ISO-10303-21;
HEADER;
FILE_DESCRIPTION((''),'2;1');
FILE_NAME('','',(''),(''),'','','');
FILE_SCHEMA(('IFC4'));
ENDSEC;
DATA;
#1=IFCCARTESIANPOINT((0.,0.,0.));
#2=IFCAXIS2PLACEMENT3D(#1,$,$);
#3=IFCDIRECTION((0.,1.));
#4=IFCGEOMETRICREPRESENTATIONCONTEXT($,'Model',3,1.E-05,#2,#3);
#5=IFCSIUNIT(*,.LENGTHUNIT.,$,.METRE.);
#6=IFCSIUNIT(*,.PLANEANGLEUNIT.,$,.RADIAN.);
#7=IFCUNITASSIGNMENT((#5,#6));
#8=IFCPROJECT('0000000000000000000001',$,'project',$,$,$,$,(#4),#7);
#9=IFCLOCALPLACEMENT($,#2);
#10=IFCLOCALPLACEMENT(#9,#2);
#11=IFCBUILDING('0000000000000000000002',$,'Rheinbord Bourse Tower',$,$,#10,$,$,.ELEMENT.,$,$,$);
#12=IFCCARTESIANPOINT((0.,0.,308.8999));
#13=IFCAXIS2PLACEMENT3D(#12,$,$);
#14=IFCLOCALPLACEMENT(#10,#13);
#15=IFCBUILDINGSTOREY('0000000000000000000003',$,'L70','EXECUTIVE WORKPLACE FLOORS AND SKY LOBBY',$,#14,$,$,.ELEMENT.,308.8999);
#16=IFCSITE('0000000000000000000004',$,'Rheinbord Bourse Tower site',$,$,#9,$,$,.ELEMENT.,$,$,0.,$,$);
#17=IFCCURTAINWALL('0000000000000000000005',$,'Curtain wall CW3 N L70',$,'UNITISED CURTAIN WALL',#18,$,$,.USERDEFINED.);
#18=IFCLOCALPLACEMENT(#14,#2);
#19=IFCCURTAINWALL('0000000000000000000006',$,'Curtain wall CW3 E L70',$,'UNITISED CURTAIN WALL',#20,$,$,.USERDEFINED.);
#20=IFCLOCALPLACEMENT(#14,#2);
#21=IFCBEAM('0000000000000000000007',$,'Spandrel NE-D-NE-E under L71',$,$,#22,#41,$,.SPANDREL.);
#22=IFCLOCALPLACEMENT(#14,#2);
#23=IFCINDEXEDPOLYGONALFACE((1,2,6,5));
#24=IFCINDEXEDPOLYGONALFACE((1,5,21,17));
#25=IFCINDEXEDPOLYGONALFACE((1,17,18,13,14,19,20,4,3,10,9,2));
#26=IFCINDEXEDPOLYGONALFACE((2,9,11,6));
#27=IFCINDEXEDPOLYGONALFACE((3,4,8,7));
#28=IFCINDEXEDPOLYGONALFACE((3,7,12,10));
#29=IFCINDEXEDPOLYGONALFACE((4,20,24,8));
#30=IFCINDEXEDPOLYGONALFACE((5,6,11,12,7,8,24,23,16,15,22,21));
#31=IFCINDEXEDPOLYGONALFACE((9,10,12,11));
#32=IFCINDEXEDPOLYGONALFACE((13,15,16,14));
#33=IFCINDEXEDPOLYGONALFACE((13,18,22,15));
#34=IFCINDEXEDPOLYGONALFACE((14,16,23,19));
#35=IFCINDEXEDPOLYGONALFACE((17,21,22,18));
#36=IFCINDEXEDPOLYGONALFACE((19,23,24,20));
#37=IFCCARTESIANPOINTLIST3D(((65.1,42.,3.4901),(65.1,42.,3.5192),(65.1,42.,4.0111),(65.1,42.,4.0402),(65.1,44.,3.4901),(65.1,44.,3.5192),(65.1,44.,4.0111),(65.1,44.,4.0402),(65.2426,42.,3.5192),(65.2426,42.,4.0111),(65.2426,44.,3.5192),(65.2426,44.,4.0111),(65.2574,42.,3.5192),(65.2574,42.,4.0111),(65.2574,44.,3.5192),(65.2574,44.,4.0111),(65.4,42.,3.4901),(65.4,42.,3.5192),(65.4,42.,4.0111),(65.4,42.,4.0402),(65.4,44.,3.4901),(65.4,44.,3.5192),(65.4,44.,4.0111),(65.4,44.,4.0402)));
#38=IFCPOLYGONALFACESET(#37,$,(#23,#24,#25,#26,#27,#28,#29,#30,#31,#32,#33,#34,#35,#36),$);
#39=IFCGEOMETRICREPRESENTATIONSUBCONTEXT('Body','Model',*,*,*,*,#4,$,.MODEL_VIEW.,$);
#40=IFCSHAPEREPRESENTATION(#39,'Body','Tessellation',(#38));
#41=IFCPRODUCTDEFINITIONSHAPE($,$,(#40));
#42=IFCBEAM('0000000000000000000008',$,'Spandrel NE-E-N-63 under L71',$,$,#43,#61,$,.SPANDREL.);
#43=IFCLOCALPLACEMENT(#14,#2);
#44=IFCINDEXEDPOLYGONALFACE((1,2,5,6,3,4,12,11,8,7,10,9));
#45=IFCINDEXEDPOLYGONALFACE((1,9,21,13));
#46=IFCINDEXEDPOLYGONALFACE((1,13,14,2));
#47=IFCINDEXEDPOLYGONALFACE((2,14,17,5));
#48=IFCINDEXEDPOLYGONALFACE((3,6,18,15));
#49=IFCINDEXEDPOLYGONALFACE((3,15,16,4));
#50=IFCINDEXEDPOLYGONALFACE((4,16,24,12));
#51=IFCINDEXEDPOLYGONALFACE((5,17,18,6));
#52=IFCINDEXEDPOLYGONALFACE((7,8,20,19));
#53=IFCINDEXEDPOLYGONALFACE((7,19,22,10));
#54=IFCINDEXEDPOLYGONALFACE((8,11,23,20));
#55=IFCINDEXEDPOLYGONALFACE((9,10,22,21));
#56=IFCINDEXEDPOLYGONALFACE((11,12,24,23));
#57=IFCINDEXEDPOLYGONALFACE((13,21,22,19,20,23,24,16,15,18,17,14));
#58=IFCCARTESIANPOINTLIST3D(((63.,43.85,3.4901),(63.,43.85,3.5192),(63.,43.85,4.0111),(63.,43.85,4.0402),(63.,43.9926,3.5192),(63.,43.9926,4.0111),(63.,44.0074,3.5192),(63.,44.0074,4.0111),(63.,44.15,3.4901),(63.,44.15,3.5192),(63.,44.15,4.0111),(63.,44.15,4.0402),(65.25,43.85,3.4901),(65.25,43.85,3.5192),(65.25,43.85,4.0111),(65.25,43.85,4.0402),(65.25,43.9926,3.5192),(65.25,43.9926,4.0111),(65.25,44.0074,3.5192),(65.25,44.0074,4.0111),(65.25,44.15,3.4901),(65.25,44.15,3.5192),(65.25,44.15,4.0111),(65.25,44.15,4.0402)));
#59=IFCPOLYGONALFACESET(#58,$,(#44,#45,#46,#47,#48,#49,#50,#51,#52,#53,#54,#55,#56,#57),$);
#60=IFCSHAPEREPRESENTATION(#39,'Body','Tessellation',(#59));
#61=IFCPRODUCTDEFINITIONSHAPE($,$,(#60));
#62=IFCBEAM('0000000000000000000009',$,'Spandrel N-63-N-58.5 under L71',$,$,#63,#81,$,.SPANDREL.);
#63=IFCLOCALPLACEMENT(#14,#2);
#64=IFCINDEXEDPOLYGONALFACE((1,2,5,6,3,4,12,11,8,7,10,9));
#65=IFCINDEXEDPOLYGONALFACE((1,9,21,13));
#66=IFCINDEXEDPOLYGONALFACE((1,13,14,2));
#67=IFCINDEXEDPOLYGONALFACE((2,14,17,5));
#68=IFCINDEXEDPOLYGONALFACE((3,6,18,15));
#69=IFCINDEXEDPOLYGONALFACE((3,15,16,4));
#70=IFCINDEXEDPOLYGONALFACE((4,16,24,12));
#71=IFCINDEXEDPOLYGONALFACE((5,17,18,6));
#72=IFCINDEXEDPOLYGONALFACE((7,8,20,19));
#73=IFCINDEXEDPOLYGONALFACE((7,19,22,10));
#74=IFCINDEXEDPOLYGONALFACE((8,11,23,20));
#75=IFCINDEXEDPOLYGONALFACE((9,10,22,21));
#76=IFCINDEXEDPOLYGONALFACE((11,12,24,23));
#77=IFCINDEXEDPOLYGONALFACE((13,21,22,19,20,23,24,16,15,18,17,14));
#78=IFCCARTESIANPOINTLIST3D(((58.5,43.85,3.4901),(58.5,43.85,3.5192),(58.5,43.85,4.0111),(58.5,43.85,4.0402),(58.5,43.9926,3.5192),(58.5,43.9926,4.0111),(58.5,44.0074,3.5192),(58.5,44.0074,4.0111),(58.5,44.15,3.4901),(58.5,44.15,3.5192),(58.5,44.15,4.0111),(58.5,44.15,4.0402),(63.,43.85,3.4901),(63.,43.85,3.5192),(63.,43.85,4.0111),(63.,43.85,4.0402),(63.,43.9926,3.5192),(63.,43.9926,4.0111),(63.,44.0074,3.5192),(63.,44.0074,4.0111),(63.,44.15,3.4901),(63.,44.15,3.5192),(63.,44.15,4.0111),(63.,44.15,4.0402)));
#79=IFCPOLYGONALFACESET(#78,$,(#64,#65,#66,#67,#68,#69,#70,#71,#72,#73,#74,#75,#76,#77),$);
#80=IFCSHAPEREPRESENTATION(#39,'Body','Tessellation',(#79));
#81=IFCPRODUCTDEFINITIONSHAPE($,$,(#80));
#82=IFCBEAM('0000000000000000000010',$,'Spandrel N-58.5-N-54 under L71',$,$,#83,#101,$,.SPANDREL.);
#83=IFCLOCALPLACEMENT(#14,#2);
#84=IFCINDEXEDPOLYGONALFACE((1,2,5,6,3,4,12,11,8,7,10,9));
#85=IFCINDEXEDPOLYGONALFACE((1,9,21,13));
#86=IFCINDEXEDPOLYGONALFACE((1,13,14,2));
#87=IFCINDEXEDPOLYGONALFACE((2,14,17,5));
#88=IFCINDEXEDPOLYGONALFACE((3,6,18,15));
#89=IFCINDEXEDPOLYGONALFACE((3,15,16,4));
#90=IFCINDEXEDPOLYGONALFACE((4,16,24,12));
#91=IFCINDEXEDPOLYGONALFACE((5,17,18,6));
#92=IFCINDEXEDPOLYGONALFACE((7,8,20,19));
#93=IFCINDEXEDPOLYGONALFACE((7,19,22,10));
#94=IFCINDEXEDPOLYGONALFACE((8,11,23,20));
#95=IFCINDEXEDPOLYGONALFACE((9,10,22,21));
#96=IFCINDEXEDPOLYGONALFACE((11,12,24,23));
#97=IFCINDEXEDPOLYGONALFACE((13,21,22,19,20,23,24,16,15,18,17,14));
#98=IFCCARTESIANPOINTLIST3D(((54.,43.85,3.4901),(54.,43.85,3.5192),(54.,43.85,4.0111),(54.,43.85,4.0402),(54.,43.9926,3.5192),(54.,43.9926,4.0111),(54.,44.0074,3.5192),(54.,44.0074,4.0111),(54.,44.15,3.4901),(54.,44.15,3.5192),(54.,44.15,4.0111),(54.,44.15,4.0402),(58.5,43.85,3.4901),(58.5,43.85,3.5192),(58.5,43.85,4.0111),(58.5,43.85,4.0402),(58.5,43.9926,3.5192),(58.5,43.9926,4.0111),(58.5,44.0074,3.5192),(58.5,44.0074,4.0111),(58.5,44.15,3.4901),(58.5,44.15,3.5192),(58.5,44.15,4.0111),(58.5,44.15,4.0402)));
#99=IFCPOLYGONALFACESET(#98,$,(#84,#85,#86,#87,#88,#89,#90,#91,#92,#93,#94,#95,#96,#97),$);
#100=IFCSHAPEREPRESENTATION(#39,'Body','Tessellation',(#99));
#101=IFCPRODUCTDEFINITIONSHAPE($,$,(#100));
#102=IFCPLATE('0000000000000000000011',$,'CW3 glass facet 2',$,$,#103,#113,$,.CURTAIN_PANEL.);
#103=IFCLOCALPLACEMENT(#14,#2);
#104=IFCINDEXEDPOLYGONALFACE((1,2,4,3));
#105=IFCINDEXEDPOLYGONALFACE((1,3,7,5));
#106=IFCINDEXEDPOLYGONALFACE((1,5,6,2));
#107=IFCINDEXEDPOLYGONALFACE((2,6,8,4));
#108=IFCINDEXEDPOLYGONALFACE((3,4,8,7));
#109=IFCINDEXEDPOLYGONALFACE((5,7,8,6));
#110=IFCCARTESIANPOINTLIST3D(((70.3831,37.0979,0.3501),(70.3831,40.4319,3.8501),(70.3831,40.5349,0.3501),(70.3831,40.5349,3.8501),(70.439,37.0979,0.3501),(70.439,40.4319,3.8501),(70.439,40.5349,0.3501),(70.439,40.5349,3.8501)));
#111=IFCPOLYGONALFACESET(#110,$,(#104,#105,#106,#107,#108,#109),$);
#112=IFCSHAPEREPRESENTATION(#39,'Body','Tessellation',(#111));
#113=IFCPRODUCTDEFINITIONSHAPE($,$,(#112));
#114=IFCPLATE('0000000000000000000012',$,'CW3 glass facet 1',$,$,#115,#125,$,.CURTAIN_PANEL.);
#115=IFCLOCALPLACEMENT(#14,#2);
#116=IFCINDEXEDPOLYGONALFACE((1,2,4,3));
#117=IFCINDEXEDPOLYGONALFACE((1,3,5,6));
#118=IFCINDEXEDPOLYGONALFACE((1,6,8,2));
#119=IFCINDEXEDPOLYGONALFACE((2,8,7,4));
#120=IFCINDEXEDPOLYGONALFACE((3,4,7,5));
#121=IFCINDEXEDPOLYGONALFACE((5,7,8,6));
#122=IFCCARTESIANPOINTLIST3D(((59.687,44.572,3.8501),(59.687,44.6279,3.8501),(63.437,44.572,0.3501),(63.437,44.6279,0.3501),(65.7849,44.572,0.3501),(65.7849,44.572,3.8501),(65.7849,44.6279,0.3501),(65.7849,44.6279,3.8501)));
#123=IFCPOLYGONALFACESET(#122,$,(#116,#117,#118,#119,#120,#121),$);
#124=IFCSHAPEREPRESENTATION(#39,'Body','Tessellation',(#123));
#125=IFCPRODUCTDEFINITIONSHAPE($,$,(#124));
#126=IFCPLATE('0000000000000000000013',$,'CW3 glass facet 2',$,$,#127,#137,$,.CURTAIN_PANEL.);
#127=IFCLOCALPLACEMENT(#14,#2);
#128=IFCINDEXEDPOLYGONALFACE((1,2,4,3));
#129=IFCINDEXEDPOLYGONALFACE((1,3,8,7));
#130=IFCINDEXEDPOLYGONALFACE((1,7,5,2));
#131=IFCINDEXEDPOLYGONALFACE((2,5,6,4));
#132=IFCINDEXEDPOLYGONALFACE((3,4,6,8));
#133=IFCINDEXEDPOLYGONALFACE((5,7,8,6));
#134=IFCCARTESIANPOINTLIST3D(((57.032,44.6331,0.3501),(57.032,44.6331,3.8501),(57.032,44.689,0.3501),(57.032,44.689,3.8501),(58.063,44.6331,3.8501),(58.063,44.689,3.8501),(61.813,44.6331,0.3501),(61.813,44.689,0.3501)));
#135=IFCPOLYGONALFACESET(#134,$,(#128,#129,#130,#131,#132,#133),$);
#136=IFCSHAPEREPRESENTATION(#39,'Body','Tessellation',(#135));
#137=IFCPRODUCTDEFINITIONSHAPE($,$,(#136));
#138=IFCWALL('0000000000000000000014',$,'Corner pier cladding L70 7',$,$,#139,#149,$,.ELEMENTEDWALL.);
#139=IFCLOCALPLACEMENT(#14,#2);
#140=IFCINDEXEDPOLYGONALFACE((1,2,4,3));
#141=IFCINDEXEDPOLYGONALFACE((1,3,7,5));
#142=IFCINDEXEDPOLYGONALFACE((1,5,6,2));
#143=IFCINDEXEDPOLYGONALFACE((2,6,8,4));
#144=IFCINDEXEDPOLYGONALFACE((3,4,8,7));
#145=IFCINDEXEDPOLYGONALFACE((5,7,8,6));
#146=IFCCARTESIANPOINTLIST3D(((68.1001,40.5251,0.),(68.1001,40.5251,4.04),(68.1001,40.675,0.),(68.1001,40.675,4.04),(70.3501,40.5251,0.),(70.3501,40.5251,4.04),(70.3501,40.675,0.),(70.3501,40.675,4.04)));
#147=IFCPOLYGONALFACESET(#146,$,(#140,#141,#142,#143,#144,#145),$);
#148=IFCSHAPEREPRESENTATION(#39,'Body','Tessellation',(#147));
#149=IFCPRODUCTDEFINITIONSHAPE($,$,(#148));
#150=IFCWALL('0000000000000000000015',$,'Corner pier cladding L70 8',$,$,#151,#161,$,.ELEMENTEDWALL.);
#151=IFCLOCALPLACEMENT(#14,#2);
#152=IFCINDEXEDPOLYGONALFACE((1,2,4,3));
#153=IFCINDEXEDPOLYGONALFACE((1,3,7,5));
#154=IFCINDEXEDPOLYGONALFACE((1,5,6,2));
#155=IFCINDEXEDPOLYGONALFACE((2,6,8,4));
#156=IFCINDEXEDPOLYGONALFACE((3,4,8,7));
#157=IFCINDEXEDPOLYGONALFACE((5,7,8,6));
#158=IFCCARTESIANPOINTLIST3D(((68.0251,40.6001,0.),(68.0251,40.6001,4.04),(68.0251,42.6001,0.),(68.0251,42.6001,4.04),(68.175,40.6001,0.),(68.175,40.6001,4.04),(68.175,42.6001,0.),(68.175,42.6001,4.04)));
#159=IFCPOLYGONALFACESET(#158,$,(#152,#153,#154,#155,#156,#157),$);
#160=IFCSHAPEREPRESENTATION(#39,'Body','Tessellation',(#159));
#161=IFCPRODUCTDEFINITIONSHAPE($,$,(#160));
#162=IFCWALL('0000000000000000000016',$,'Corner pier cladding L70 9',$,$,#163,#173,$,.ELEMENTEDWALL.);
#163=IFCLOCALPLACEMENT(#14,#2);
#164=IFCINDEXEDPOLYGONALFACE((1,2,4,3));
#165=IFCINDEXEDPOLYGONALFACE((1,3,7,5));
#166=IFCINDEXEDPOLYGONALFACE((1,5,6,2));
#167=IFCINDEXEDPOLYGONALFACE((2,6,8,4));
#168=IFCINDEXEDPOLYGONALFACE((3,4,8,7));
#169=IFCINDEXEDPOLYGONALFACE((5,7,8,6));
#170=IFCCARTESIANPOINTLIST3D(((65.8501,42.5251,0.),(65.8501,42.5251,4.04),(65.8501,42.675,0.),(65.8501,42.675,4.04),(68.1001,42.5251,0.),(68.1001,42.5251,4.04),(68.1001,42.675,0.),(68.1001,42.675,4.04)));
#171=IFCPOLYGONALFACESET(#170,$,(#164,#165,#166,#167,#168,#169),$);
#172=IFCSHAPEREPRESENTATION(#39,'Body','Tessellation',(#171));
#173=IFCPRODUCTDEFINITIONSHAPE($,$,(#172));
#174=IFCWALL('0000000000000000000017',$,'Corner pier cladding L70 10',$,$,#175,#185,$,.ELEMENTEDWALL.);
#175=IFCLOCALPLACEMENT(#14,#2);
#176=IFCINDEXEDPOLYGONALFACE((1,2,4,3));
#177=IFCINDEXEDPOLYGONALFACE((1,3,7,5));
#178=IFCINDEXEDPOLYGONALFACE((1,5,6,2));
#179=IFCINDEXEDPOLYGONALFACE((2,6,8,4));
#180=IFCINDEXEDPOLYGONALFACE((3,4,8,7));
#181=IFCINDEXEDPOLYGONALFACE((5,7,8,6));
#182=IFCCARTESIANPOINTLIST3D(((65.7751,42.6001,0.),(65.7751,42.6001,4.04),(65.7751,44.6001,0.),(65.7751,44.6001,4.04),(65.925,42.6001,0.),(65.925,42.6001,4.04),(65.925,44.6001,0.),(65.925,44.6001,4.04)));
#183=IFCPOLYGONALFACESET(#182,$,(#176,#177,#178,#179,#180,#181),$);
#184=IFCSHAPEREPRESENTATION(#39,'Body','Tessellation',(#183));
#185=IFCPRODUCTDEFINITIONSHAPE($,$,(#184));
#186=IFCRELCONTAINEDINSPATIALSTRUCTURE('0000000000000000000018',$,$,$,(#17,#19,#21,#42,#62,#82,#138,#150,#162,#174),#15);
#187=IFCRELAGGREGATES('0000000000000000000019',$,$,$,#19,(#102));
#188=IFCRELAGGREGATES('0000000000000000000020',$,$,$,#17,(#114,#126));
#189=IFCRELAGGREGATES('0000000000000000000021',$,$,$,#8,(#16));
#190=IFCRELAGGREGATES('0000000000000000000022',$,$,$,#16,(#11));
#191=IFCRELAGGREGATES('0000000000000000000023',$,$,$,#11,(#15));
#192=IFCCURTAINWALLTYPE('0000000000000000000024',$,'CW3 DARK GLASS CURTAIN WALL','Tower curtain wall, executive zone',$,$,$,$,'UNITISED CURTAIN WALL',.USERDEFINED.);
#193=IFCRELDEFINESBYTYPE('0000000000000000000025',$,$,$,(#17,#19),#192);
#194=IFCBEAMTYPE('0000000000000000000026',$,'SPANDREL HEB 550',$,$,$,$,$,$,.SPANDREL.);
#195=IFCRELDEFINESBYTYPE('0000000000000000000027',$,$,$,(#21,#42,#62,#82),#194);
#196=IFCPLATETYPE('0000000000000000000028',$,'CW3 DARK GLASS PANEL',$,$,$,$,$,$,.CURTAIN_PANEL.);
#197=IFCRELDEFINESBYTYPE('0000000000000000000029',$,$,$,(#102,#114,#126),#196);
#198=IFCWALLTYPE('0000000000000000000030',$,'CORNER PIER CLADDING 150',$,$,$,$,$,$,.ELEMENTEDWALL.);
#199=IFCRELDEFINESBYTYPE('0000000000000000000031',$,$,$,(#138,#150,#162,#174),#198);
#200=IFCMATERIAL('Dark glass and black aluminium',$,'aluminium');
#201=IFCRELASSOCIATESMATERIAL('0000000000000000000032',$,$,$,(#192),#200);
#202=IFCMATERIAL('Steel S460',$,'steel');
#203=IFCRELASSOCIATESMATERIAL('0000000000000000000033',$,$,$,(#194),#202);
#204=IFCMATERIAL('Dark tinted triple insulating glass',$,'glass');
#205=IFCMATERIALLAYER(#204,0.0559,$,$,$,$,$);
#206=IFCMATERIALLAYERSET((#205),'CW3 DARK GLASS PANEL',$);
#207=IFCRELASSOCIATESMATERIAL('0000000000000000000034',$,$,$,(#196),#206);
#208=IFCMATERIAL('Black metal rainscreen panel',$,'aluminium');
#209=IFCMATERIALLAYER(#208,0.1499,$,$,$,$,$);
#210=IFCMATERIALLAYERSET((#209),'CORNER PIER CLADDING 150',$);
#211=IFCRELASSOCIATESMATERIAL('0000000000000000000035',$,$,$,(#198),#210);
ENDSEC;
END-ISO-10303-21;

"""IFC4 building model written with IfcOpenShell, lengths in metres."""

from ifc_helpers import new_model, si_unit, direction, frame, frame_2d, origin, origin_2d, place, context, subcontext, project, spatial, polyline, rectangle, i_section, outline, extrude, material, layer, layer_set, material_profile, profile_set, type_object, element, aggregate, save


model = new_model("IFC4")

# Units and contexts
model_context = context("Model", 3, precision=1e-05, world=origin(), true_north=direction((0.0, 1.0)))
body_context = subcontext(model_context, "Body", "Model", "MODEL_VIEW")
ifc_project = project(units=[si_unit("LENGTHUNIT", "METRE"), si_unit("PLANEANGLEUNIT", "RADIAN")], contexts=[model_context])

# Site, building, storey
site_placement = place(None, origin())
site = spatial("IfcSite", under=ifc_project, at=site_placement, Name="Rheinbord Bourse Tower site", CompositionType="ELEMENT", RefElevation=0.0)
building_placement = place(site_placement, origin())
building = spatial("IfcBuilding", under=site, at=building_placement, Name="Rheinbord Bourse Tower", CompositionType="ELEMENT")
storey_placement = place(building_placement, frame((0.0, 0.0, 308.8999)))
storey = spatial("IfcBuildingStorey", under=building, at=storey_placement, Name="L70", Description="EXECUTIVE WORKPLACE FLOORS AND SKY LOBBY", CompositionType="ELEMENT", Elevation=308.8999)

# Curtain walls
ifc_material_1 = material(Name="Dark glass and black aluminium", Category="aluminium")
curtain_wall_type = type_object("IfcCurtainWallType", Name="CW3 DARK GLASS CURTAIN WALL", Description="Tower curtain wall, executive zone", ElementType="UNITISED CURTAIN WALL", PredefinedType="USERDEFINED", material=ifc_material_1)
curtain_wall_1_placement = place(storey_placement, origin())
curtain_wall_1 = element("IfcCurtainWall", 1, at=curtain_wall_1_placement, inside=storey, type_object=curtain_wall_type, Name="Curtain wall CW3 N L70", ObjectType="UNITISED CURTAIN WALL", PredefinedType="USERDEFINED")
curtain_wall_2_placement = place(storey_placement, origin())
curtain_wall_2 = element("IfcCurtainWall", 2, at=curtain_wall_2_placement, inside=storey, type_object=curtain_wall_type, Name="Curtain wall CW3 E L70", ObjectType="UNITISED CURTAIN WALL", PredefinedType="USERDEFINED")

# Beams
ifc_material_2 = material(Name="Steel S460", Category="steel")
ifc_material_profile_1 = material_profile(ifc_material_2, i_section(OverallWidth=0.3, OverallDepth=0.55, WebThickness=0.0149, FlangeThickness=0.0291, at=origin_2d()), Name="HEB 550")
ifc_profile_set_1 = profile_set([ifc_material_profile_1], Name="Steel S460")
beam_type_1 = type_object("IfcBeamType", Name="SPANDREL HEB 550", PredefinedType="SPANDREL", material=ifc_profile_set_1)
beam_1_placement = place(storey_placement, frame((65.25, 42.0, 3.7651), z_axis=(0.0, 1.0, 0.0), x_axis=(-1.0, 0.0, 0.0)))
element("IfcBeam", 3, at=beam_1_placement, inside=storey, type_object=beam_type_1, Name="Spandrel NE-D-NE-E under L71", PredefinedType="SPANDREL", context=body_context, shape_type="SweptSolid", body=[
    extrude(i_section(OverallWidth=0.3, OverallDepth=0.55, WebThickness=0.0149, FlangeThickness=0.0291, at=origin_2d()), origin(), (0.0, 0.0, 1.0), 2.0),
])
beam_2_placement = place(storey_placement, frame((65.25, 44.0, 3.7651), z_axis=(-1.0, 0.0, 0.0), x_axis=(0.0, -1.0, 0.0)))
element("IfcBeam", 4, at=beam_2_placement, inside=storey, type_object=beam_type_1, Name="Spandrel NE-E-N-63 under L71", PredefinedType="SPANDREL", context=body_context, shape_type="SweptSolid", body=[
    extrude(i_section(OverallWidth=0.3, OverallDepth=0.55, WebThickness=0.0149, FlangeThickness=0.0291, at=origin_2d()), origin(), (0.0, 0.0, 1.0), 2.25),
])
for number, where, z_axis, x_axis, name in (
    (5, (63.0, 44.0, 3.7651), (-1.0, 0.0, 0.0), (0.0, -1.0, 0.0), "Spandrel N-63-N-58.5 under L71"),
    (6, (58.5, 44.0, 3.7651), (-1.0, 0.0, 0.0), (0.0, -1.0, 0.0), "Spandrel N-58.5-N-54 under L71"),
):
    element("IfcBeam", number, at=place(storey_placement, frame(where, z_axis=z_axis, x_axis=x_axis)), inside=storey, type_object=beam_type_1, Name=name, PredefinedType="SPANDREL", context=body_context, shape_type="SweptSolid", body=[
        extrude(i_section(OverallWidth=0.3, OverallDepth=0.55, WebThickness=0.0149, FlangeThickness=0.0291, at=origin_2d()), origin(), (0.0, 0.0, 1.0), 4.5),
    ])

# Plates
ifc_material_3 = material(Name="Dark tinted triple insulating glass", Category="glass")
ifc_layer_1 = layer(ifc_material_3, 0.0559)
ifc_layer_set_1 = layer_set([ifc_layer_1], Name="CW3 DARK GLASS PANEL")
plate_type = type_object("IfcPlateType", Name="CW3 DARK GLASS PANEL", PredefinedType="CURTAIN_PANEL", material=ifc_layer_set_1)
plate_1_placement = place(storey_placement, frame((70.439, 40.5349, 3.8501), z_axis=(-1.0, 0.0, 0.0), x_axis=(0.0, 0.0, -1.0)))
plate_1 = element("IfcPlate", 7, at=plate_1_placement, type_object=plate_type, Name="CW3 glass facet 2", PredefinedType="CURTAIN_PANEL", context=body_context, shape_type="SweptSolid", body=[
    extrude(outline(polyline([(0.0, 0.0), (3.5, 0.0), (3.5, 3.437), (0.0, 0.103), (0.0, 0.0)])), origin(), (0.0, 0.0, 1.0), 0.0559),
])
aggregate(curtain_wall_2, [plate_1])
plate_2_placement = place(storey_placement, frame((65.7849, 44.6279, 0.3501), z_axis=(0.0, -1.0, 0.0), x_axis=(0.0, 0.0, 1.0)))
plate_2 = element("IfcPlate", 8, at=plate_2_placement, type_object=plate_type, Name="CW3 glass facet 1", PredefinedType="CURTAIN_PANEL", context=body_context, shape_type="SweptSolid", body=[
    extrude(outline(polyline([(0.0, 0.0), (3.5, 0.0), (3.5, 6.0979), (0.0, 2.3479), (0.0, 0.0)])), origin(), (0.0, 0.0, 1.0), 0.0559),
])
plate_3_placement = place(storey_placement, frame((57.032, 44.689, 3.8501), z_axis=(0.0, -1.0, 0.0), x_axis=(0.0, 0.0, -1.0)))
plate_3 = element("IfcPlate", 9, at=plate_3_placement, type_object=plate_type, Name="CW3 glass facet 2", PredefinedType="CURTAIN_PANEL", context=body_context, shape_type="SweptSolid", body=[
    extrude(outline(polyline([(0.0, 0.0), (3.5, 0.0), (3.5, 4.781), (0.0, 1.031), (0.0, 0.0)])), origin(), (0.0, 0.0, 1.0), 0.0559),
])
aggregate(curtain_wall_1, [plate_2, plate_3])

# Walls
ifc_material_4 = material(Name="Black metal rainscreen panel", Category="aluminium")
ifc_layer_2 = layer(ifc_material_4, 0.1499)
ifc_layer_set_2 = layer_set([ifc_layer_2], Name="CORNER PIER CLADDING 150")
wall_type = type_object("IfcWallType", Name="CORNER PIER CLADDING 150", PredefinedType="ELEMENTEDWALL", material=ifc_layer_set_2)
wall_1_placement = place(storey_placement, frame((70.3501, 40.6001, 0.0), z_axis=(0.0, 0.0, 1.0), x_axis=(-1.0, 0.0, 0.0)))
element("IfcWall", 10, at=wall_1_placement, inside=storey, type_object=wall_type, Name="Corner pier cladding L70 7", PredefinedType="ELEMENTEDWALL", context=body_context, shape_type="SweptSolid", body=[
    extrude(rectangle(XDim=2.25, YDim=0.1499, at=frame_2d((1.125, 0.0))), origin(), (0.0, 0.0, 1.0), 4.04),
])
wall_2_placement = place(storey_placement, frame((68.1001, 40.6001, 0.0), z_axis=(0.0, 0.0, 1.0), x_axis=(0.0, 1.0, 0.0)))
element("IfcWall", 11, at=wall_2_placement, inside=storey, type_object=wall_type, Name="Corner pier cladding L70 8", PredefinedType="ELEMENTEDWALL", context=body_context, shape_type="SweptSolid", body=[
    extrude(rectangle(XDim=2.0, YDim=0.1499, at=frame_2d((1.0, 0.0))), origin(), (0.0, 0.0, 1.0), 4.04),
])
wall_3_placement = place(storey_placement, frame((68.1001, 42.6001, 0.0), z_axis=(0.0, 0.0, 1.0), x_axis=(-1.0, 0.0, 0.0)))
element("IfcWall", 12, at=wall_3_placement, inside=storey, type_object=wall_type, Name="Corner pier cladding L70 9", PredefinedType="ELEMENTEDWALL", context=body_context, shape_type="SweptSolid", body=[
    extrude(rectangle(XDim=2.25, YDim=0.1499, at=frame_2d((1.125, 0.0))), origin(), (0.0, 0.0, 1.0), 4.04),
])
wall_4_placement = place(storey_placement, frame((65.8501, 42.6001, 0.0), z_axis=(0.0, 0.0, 1.0), x_axis=(0.0, 1.0, 0.0)))
element("IfcWall", 13, at=wall_4_placement, inside=storey, type_object=wall_type, Name="Corner pier cladding L70 10", PredefinedType="ELEMENTEDWALL", context=body_context, shape_type="SweptSolid", body=[
    extrude(rectangle(XDim=2.0, YDim=0.1499, at=frame_2d((1.0, 0.0))), origin(), (0.0, 0.0, 1.0), 4.04),
])

save(model, "model.ifc")
